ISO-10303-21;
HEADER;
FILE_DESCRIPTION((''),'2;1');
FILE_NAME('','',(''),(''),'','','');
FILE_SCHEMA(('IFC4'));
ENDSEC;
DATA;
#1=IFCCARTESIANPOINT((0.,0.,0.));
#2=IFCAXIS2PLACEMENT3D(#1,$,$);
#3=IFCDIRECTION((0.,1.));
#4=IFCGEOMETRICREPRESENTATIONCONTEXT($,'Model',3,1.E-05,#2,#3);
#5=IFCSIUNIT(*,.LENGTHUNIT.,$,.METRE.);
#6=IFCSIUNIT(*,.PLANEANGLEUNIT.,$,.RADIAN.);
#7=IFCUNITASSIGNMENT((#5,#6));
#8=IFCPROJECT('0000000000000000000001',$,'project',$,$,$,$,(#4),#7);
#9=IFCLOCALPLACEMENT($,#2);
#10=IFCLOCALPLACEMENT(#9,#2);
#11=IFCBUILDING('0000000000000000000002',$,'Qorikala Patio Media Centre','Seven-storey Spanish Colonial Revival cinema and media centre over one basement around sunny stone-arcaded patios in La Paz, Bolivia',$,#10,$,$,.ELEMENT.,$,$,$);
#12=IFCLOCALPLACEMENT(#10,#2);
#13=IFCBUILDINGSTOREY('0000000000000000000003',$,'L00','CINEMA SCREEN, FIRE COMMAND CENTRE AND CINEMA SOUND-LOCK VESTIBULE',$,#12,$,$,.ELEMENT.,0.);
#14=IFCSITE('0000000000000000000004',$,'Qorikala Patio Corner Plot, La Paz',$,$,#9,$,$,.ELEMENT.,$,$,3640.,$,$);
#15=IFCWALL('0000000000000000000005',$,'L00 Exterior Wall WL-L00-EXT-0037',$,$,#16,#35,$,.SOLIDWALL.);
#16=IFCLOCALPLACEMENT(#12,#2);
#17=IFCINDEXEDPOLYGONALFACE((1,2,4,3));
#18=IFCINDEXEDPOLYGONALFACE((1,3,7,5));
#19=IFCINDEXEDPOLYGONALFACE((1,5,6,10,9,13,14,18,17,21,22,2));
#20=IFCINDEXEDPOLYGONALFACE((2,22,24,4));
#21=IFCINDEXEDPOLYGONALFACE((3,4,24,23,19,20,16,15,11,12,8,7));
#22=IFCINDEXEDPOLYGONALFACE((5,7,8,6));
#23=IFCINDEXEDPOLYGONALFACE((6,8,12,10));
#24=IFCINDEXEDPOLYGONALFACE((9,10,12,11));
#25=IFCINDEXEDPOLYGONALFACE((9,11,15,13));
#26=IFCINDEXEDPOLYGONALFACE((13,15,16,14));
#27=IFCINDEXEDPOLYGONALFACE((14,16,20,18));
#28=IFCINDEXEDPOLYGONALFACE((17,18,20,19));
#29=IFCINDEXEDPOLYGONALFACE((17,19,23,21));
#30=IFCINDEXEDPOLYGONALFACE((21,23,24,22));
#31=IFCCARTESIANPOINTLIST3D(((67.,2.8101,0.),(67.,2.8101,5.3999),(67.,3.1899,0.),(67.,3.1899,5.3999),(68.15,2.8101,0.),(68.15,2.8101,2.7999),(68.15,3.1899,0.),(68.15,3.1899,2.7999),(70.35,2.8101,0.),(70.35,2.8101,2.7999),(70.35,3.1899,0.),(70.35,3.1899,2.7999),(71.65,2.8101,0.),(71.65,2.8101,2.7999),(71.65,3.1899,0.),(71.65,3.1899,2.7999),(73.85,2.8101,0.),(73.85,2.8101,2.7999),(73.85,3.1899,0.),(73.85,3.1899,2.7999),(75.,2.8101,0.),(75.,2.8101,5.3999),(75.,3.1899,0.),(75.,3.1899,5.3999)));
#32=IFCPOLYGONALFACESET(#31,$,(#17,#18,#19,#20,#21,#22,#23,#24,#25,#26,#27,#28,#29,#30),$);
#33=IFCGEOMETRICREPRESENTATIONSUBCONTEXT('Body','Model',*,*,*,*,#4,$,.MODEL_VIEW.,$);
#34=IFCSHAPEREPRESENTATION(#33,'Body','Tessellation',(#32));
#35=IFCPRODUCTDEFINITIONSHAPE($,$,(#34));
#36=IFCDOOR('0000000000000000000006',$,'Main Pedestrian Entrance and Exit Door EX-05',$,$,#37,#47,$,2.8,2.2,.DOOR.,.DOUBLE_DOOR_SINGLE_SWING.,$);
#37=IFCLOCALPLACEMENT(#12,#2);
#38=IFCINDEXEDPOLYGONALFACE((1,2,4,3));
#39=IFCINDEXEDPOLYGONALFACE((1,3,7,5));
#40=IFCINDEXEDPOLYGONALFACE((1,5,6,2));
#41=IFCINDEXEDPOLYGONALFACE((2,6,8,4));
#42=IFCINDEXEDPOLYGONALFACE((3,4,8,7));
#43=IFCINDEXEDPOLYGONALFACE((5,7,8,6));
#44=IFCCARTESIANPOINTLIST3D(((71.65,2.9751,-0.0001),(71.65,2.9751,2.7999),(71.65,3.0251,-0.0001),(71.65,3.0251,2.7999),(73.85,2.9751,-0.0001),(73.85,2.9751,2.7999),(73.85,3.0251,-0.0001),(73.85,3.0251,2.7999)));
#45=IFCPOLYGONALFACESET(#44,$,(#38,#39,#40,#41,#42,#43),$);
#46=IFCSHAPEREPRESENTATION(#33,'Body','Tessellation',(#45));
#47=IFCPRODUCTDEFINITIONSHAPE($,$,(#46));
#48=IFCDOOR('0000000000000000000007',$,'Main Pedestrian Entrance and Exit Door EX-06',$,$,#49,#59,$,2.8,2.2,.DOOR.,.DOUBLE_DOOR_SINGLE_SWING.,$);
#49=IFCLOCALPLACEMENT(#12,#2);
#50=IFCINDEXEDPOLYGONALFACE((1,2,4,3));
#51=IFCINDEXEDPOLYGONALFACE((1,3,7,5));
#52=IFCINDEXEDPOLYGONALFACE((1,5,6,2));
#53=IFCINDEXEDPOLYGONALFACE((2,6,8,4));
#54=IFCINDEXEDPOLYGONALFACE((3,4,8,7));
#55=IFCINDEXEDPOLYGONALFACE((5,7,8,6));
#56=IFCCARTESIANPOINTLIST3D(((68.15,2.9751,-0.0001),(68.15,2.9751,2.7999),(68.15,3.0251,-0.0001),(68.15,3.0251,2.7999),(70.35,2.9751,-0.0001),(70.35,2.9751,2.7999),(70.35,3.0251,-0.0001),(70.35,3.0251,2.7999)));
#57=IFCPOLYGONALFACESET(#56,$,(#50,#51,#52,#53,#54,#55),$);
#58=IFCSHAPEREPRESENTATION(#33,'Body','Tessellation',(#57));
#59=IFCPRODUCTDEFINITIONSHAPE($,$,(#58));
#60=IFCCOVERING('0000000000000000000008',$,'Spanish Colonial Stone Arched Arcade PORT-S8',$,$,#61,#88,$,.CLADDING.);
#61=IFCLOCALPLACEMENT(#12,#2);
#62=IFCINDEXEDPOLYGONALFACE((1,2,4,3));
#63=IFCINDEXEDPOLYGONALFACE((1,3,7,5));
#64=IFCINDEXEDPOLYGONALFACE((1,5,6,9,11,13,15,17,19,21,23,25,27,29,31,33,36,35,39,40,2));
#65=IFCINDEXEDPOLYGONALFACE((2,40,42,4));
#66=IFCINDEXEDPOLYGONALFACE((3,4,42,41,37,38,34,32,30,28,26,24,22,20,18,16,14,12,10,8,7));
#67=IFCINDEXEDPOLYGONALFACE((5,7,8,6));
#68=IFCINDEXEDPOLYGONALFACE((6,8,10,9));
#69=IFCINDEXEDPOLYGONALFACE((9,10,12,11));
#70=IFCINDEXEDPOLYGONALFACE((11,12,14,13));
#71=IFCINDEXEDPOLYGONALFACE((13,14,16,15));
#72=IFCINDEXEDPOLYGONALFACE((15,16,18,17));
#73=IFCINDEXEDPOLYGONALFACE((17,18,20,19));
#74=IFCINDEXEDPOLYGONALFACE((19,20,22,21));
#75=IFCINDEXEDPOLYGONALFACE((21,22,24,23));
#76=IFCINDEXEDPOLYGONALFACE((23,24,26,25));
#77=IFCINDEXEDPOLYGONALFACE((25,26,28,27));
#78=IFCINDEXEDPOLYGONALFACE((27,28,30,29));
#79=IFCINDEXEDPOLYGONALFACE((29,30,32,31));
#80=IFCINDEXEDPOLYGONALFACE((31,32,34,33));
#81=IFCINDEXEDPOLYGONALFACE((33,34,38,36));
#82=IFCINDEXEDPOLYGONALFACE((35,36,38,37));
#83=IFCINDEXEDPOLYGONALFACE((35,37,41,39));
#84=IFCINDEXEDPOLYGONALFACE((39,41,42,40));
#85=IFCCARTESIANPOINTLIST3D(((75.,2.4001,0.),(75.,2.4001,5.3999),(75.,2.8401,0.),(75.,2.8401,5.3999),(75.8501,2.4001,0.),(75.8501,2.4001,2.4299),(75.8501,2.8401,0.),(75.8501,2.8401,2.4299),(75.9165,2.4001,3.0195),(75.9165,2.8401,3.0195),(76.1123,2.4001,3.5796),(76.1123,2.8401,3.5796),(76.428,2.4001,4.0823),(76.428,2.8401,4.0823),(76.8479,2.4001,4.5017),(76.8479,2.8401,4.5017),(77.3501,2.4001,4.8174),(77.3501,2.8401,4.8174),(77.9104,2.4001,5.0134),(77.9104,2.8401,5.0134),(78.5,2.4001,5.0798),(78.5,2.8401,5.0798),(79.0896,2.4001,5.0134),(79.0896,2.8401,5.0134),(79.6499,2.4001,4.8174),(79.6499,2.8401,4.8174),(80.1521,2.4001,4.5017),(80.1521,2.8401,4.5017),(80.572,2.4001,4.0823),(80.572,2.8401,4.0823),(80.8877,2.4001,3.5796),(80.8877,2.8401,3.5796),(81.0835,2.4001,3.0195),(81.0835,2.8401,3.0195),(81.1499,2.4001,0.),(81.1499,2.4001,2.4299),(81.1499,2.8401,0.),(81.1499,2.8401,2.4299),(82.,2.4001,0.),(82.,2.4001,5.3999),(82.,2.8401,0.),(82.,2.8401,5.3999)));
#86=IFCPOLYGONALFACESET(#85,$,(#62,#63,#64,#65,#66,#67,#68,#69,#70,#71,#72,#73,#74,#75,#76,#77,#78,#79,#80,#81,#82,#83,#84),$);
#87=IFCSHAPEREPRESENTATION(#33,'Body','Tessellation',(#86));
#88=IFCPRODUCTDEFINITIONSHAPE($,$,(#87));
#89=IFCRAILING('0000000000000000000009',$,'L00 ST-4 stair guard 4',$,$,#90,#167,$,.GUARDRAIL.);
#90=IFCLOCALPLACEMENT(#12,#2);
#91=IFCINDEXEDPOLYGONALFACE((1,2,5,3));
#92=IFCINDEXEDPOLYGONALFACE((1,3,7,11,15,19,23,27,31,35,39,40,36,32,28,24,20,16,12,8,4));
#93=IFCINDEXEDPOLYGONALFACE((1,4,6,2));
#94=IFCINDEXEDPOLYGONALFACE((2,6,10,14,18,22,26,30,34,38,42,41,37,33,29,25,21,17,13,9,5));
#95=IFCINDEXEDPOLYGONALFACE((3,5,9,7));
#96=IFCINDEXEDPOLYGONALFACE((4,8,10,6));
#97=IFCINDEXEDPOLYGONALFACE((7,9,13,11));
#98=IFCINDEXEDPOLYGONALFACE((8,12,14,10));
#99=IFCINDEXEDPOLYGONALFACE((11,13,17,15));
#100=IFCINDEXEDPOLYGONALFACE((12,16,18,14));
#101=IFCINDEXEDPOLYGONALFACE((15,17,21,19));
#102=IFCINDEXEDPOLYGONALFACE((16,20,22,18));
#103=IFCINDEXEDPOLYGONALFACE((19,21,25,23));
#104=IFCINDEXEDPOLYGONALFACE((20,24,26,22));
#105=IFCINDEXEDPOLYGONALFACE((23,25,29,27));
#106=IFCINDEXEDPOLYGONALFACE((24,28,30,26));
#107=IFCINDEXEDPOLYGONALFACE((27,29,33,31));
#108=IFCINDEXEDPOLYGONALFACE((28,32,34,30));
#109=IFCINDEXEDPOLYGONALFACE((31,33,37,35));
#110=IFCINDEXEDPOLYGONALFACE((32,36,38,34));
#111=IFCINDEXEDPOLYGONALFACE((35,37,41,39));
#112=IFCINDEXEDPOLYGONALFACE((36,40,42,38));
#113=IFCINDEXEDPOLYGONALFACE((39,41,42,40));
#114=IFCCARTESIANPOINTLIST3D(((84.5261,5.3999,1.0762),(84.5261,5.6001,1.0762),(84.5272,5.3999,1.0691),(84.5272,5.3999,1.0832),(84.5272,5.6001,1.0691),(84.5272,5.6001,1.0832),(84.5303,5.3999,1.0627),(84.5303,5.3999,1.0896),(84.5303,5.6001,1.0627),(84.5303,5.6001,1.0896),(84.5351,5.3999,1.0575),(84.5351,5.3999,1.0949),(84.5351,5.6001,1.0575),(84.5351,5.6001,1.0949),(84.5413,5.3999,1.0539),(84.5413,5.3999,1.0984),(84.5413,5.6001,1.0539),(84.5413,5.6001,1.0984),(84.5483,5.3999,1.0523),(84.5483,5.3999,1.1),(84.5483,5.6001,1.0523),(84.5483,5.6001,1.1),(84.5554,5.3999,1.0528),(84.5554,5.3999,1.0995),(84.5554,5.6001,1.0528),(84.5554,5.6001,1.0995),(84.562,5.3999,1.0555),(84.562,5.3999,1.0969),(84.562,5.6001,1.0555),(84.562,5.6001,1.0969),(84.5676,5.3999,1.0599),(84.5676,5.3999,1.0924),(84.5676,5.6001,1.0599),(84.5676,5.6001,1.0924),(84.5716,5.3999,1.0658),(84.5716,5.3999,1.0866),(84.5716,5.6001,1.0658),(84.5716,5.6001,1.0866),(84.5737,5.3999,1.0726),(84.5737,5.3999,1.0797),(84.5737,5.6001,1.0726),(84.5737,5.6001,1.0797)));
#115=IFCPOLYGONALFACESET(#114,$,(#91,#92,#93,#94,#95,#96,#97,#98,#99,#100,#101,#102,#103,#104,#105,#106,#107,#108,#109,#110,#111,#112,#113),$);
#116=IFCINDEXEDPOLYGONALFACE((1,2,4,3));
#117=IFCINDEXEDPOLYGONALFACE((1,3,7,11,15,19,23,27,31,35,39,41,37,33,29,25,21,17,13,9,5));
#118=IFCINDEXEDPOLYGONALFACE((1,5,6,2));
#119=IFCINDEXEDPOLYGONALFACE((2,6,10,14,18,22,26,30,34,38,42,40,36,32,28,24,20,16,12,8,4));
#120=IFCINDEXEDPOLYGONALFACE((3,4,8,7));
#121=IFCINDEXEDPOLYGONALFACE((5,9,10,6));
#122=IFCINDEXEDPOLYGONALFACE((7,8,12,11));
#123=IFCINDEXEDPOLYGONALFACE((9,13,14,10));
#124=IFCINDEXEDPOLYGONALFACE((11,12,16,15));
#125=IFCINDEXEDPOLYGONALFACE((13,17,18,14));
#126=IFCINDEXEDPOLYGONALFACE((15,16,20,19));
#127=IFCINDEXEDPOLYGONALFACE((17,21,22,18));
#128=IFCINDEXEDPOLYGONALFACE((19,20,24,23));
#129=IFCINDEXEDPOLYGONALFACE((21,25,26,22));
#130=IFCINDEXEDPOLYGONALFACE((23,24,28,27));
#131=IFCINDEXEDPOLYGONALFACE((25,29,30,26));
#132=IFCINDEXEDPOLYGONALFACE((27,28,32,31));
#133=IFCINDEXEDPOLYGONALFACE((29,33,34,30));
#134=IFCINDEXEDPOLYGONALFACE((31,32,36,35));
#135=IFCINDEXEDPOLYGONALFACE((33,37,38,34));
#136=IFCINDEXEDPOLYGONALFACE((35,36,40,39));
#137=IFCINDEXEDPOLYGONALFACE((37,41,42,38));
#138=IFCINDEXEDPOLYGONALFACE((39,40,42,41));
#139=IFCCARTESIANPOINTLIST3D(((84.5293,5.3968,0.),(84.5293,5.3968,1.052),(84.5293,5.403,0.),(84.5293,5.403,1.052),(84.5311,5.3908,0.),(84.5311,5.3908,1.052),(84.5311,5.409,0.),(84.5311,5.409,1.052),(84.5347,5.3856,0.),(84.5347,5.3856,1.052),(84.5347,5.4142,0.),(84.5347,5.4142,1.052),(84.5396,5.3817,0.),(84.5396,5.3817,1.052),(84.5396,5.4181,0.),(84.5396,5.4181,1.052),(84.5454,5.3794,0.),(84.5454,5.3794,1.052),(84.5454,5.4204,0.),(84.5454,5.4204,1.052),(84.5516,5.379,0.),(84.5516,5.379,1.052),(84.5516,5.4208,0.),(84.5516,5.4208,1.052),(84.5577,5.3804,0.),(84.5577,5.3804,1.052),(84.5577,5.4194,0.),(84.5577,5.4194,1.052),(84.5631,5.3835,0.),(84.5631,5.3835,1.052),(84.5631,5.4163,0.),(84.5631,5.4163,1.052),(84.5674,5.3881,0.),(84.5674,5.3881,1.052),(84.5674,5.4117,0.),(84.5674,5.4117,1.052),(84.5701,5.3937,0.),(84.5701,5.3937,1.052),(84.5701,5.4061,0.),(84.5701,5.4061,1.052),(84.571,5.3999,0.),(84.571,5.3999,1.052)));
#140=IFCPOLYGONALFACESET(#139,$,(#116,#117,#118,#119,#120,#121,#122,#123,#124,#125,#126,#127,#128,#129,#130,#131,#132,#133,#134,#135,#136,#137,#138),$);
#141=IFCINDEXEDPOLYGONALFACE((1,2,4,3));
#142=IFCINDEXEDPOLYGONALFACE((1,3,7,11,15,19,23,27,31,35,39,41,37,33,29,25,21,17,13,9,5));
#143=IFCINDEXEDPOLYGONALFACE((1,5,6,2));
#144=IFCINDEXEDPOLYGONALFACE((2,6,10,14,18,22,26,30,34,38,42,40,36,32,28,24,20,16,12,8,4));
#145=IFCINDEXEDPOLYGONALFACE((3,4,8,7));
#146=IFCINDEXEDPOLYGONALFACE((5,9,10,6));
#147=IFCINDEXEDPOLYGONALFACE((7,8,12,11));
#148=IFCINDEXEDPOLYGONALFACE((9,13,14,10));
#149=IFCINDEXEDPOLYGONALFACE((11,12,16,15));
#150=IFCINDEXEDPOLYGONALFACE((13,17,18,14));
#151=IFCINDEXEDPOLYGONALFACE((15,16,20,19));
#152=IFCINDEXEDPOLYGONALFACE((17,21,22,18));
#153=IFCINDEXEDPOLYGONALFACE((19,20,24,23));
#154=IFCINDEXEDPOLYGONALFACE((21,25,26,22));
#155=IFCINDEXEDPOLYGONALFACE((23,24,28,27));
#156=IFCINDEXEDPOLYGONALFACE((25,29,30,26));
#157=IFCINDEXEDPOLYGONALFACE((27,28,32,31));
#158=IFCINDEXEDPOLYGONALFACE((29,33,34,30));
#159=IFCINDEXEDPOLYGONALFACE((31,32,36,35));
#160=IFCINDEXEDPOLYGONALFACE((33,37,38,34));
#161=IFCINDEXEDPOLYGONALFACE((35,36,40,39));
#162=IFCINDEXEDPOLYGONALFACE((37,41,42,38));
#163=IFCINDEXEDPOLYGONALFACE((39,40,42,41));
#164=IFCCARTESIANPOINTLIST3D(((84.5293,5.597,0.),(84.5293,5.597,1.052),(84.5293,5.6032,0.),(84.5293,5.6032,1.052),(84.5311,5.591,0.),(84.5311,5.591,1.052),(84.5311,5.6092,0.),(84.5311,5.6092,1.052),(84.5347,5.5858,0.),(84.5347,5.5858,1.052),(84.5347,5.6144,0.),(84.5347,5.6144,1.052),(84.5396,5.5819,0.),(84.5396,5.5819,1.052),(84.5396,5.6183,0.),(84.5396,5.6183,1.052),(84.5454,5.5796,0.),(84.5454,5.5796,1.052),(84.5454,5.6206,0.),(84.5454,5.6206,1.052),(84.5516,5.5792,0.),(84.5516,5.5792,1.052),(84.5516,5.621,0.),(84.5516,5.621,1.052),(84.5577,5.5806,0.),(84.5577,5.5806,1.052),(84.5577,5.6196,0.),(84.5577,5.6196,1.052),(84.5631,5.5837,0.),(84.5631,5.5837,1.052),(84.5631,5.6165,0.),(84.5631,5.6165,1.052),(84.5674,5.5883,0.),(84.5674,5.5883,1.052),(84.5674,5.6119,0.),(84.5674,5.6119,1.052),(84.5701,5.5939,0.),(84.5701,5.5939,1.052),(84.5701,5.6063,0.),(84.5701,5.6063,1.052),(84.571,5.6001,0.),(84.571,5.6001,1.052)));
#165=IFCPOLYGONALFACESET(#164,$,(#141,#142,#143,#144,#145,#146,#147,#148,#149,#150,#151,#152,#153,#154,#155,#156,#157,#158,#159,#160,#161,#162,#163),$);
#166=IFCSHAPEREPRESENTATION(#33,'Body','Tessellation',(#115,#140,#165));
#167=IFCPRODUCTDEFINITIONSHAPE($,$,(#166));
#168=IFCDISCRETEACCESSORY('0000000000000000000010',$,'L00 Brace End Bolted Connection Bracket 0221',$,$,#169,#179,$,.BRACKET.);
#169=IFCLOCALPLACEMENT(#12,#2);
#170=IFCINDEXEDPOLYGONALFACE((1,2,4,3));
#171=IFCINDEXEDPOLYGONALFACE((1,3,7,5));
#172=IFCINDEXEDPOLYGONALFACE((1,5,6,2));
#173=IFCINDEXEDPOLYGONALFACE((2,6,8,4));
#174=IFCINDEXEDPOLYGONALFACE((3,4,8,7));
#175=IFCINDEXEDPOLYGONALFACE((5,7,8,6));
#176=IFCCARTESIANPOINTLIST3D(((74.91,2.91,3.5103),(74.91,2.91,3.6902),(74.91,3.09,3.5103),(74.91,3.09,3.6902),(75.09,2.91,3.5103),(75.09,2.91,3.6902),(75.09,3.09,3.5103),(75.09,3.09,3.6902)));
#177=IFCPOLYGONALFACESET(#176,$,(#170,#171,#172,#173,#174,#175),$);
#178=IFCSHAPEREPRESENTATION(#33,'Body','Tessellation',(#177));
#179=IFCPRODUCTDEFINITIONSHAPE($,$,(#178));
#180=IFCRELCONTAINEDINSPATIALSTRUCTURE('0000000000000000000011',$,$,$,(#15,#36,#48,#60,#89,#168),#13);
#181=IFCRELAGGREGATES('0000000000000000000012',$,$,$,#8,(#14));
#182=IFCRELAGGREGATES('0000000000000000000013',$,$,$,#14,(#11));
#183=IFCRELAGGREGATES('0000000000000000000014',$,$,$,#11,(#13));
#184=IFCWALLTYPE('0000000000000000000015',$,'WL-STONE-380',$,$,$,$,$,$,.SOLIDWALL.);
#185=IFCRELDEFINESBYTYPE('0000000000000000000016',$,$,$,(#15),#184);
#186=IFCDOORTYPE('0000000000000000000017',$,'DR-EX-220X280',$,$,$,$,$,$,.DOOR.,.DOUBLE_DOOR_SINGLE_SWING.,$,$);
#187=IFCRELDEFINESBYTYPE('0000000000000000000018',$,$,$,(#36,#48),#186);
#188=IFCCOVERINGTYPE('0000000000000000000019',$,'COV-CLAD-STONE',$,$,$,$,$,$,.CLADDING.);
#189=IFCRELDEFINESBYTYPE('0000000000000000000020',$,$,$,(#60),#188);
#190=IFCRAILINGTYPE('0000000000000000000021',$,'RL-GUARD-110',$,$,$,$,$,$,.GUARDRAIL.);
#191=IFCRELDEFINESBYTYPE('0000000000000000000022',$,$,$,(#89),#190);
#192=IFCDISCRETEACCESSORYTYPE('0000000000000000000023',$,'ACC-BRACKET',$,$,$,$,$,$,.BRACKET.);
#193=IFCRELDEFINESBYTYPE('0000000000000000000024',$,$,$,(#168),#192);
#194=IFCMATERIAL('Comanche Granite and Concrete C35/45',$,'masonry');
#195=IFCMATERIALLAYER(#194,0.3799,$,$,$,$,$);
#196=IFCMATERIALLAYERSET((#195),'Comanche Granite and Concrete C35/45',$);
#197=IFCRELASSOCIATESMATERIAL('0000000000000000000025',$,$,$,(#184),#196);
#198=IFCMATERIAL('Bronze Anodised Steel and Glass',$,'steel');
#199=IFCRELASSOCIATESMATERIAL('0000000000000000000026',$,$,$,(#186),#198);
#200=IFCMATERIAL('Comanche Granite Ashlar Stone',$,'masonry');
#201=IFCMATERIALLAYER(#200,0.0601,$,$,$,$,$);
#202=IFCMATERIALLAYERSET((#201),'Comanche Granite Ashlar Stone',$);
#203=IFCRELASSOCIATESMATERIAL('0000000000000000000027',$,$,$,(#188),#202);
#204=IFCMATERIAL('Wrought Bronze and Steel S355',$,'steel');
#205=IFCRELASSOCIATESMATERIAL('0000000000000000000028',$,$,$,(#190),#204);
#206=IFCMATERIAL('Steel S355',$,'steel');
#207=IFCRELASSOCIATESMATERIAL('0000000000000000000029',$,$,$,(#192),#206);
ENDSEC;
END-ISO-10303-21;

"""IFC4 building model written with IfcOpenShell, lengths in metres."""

from ifc_helpers import new_model, si_unit, direction, frame, frame_2d, origin, origin_2d, place, context, subcontext, project, spatial, polyline, rectangle, circle, outline, extrude, material, layer, layer_set, type_object, element, fill, save


model = new_model("IFC4")

# Units and contexts
model_context = context("Model", 3, precision=1e-05, world=origin(), true_north=direction((0.0, 1.0)))
body_context = subcontext(model_context, "Body", "Model", "MODEL_VIEW")
ifc_project = project(units=[si_unit("LENGTHUNIT", "METRE"), si_unit("PLANEANGLEUNIT", "RADIAN")], contexts=[model_context])

# Site, building, storey
site_placement = place(None, origin())
site = spatial("IfcSite", under=ifc_project, at=site_placement, Name="Qorikala Patio Corner Plot, La Paz", CompositionType="ELEMENT", RefElevation=3640.0)
building_placement = place(site_placement, origin())
building = spatial("IfcBuilding", under=site, at=building_placement, Name="Qorikala Patio Media Centre", Description="Seven-storey Spanish Colonial Revival cinema and media centre over one basement around sunny stone-arcaded patios in La Paz, Bolivia", CompositionType="ELEMENT")
storey_placement = place(building_placement, origin())
storey = spatial("IfcBuildingStorey", under=building, at=storey_placement, Name="L00", Description="CINEMA SCREEN, FIRE COMMAND CENTRE AND CINEMA SOUND-LOCK VESTIBULE", CompositionType="ELEMENT", Elevation=0.0)

# Shared definitions
ifc_material_1 = material(Name="Steel S355", Category="steel")

# Shared definitions
ifc_material_2 = material(Name="Comanche Granite and Concrete C35/45", Category="masonry")
ifc_layer_1 = layer(ifc_material_2, 0.3799)
ifc_layer_set_1 = layer_set([ifc_layer_1], Name="Comanche Granite and Concrete C35/45")
wall_type_1 = type_object("IfcWallType", Name="WL-STONE-380", PredefinedType="SOLIDWALL", material=ifc_layer_set_1)
ifc_material_3 = material(Name="Bronze Anodised Steel and Glass", Category="steel")
door_type_1 = type_object("IfcDoorType", Name="DR-EX-220X280", OperationType="DOUBLE_DOOR_SINGLE_SWING", PredefinedType="DOOR", material=ifc_material_3)

# Wall, openings, doors
wall_1_placement = place(storey_placement, frame((75.0, 3.0, 0.0), z_axis=(0.0, 0.0, 1.0), x_axis=(-1.0, 0.0, 0.0)))
wall_1 = element("IfcWall", 1, at=wall_1_placement, inside=storey, type_object=wall_type_1, Name="L00 Exterior Wall WL-L00-EXT-0037", PredefinedType="SOLIDWALL", context=body_context, shape_type="SweptSolid", body=[
    extrude(rectangle(XDim=8.0, YDim=0.3799, at=frame_2d((4.0, 0.0))), origin(), (0.0, 0.0, 1.0), 5.3999),
])
opening_1_placement = place(wall_1_placement, frame((1.1499, 0.0, 0.0)))
opening_1 = element("IfcOpeningElement", 2, at=opening_1_placement, cuts=wall_1, PredefinedType="OPENING", context=body_context, shape_type="SweptSolid", body=[
    extrude(rectangle(XDim=2.2, YDim=2.8, at=frame_2d((1.1001, 1.3999))), frame((0.0, 0.2, 0.0), z_axis=(0.0, -1.0, 0.0), x_axis=(1.0, 0.0, 0.0)), (0.0, 0.0, 1.0), 0.3999),
])
opening_2_placement = place(wall_1_placement, frame((4.6499, 0.0, 0.0)))
opening_2 = element("IfcOpeningElement", 3, at=opening_2_placement, cuts=wall_1, PredefinedType="OPENING", context=body_context, shape_type="SweptSolid", body=[
    extrude(rectangle(XDim=2.2, YDim=2.8, at=frame_2d((1.1001, 1.3999))), frame((0.0, 0.2, 0.0), z_axis=(0.0, -1.0, 0.0), x_axis=(1.0, 0.0, 0.0)), (0.0, 0.0, 1.0), 0.3999),
])
door_1_placement = place(opening_1_placement, origin())
door_1 = element("IfcDoor", 4, at=door_1_placement, inside=storey, type_object=door_type_1, Name="Main Pedestrian Entrance and Exit Door EX-05", OperationType="DOUBLE_DOOR_SINGLE_SWING", OverallHeight=2.8, OverallWidth=2.2, PredefinedType="DOOR", context=body_context, shape_type="SweptSolid", body=[
    extrude(rectangle(XDim=2.2, YDim=2.8, at=frame_2d((1.1001, 1.3999))), frame((0.0, 0.0249, 0.0), z_axis=(0.0, -1.0, 0.0), x_axis=(1.0, 0.0, 0.0)), (0.0, 0.0, 1.0), 0.05),
])
fill(opening_1, door_1)
door_2_placement = place(opening_2_placement, origin())
door_2 = element("IfcDoor", 5, at=door_2_placement, inside=storey, type_object=door_type_1, Name="Main Pedestrian Entrance and Exit Door EX-06", OperationType="DOUBLE_DOOR_SINGLE_SWING", OverallHeight=2.8, OverallWidth=2.2, PredefinedType="DOOR", context=body_context, shape_type="SweptSolid", body=[
    extrude(rectangle(XDim=2.2, YDim=2.8, at=frame_2d((1.1001, 1.3999))), frame((0.0, 0.0249, 0.0), z_axis=(0.0, -1.0, 0.0), x_axis=(1.0, 0.0, 0.0)), (0.0, 0.0, 1.0), 0.05),
])
fill(opening_2, door_2)

# Covering
ifc_material_4 = material(Name="Comanche Granite Ashlar Stone", Category="masonry")
ifc_layer_2 = layer(ifc_material_4, 0.0601)
ifc_layer_set_2 = layer_set([ifc_layer_2], Name="Comanche Granite Ashlar Stone")
covering_type = type_object("IfcCoveringType", Name="COV-CLAD-STONE", PredefinedType="CLADDING", material=ifc_layer_set_2)
covering_placement = place(storey_placement, frame((75.0, 2.6201, 0.0), z_axis=(0.0, 0.0, 1.0), x_axis=(1.0, 0.0, 0.0)))
element("IfcCovering", 6, at=covering_placement, inside=storey, type_object=covering_type, Name="Spanish Colonial Stone Arched Arcade PORT-S8", PredefinedType="CLADDING", context=body_context, shape_type="SweptSolid", body=[
    extrude(outline(polyline([(0.0, 0.0), (0.8501, 0.0), (0.8501, 2.4299), (0.9165, 3.0195), (1.1123, 3.5796), (1.428, 4.0823), (1.8479, 4.5017), (2.3501, 4.8174), (2.9104, 5.0134), (3.5, 5.0798), (4.0896, 5.0134), (4.6499, 4.8174), (5.1521, 4.5017), (5.572, 4.0823), (5.8877, 3.5796), (6.0835, 3.0195), (6.1499, 2.4299), (6.1499, 0.0), (7.0, 0.0), (7.0, 5.3999), (0.0, 5.3999), (0.0, 0.0)])), frame((0.0, 0.22, 0.0), z_axis=(0.0, -1.0, 0.0), x_axis=(1.0, 0.0, 0.0)), (0.0, 0.0, 1.0), 0.4399),
])

# Railing
ifc_material_5 = material(Name="Wrought Bronze and Steel S355", Category="steel")
railing_type = type_object("IfcRailingType", Name="RL-GUARD-110", PredefinedType="GUARDRAIL", material=ifc_material_5)
railing_placement = place(storey_placement, frame((84.55, 5.3999, 0.0)))
element("IfcRailing", 7, at=railing_placement, inside=storey, type_object=railing_type, Name="L00 ST-4 stair guard 4", PredefinedType="GUARDRAIL", context=body_context, shape_type="SweptSolid", body=[
    extrude(circle(Radius=0.0239, at=origin_2d()), frame((0.0, 0.0, 1.0762), z_axis=(0.0, 1.0, 0.0), x_axis=(-1.0, 0.0, 0.0)), (0.0, 0.0, 1.0), 0.2002),
    extrude(circle(Radius=0.021, at=origin_2d()), origin(), (0.0, 0.0, 1.0), 1.052),
    extrude(circle(Radius=0.021, at=origin_2d()), frame((0.0, 0.2002, 0.0)), (0.0, 0.0, 1.0), 1.052),
])

# Discrete accessory
discrete_accessory_type = type_object("IfcDiscreteAccessoryType", Name="ACC-BRACKET", PredefinedType="BRACKET", material=ifc_material_1)
for number, where, z_axis, x_axis, name in (
    (8, (75.0, 3.0, 3.5103), (0.0, 0.0, 1.0), (1.0, 0.0, 0.0), "L00 Brace End Bolted Connection Bracket 0221"),
):
    element("IfcDiscreteAccessory", number, at=place(storey_placement, frame(where, z_axis=z_axis, x_axis=x_axis)), inside=storey, type_object=discrete_accessory_type, Name=name, PredefinedType="BRACKET", context=body_context, shape_type="SweptSolid", body=[
        extrude(rectangle(XDim=0.1799, YDim=0.1799, at=origin_2d()), origin(), (0.0, 0.0, 1.0), 0.1799),
    ])

save(model, "model.ifc")
